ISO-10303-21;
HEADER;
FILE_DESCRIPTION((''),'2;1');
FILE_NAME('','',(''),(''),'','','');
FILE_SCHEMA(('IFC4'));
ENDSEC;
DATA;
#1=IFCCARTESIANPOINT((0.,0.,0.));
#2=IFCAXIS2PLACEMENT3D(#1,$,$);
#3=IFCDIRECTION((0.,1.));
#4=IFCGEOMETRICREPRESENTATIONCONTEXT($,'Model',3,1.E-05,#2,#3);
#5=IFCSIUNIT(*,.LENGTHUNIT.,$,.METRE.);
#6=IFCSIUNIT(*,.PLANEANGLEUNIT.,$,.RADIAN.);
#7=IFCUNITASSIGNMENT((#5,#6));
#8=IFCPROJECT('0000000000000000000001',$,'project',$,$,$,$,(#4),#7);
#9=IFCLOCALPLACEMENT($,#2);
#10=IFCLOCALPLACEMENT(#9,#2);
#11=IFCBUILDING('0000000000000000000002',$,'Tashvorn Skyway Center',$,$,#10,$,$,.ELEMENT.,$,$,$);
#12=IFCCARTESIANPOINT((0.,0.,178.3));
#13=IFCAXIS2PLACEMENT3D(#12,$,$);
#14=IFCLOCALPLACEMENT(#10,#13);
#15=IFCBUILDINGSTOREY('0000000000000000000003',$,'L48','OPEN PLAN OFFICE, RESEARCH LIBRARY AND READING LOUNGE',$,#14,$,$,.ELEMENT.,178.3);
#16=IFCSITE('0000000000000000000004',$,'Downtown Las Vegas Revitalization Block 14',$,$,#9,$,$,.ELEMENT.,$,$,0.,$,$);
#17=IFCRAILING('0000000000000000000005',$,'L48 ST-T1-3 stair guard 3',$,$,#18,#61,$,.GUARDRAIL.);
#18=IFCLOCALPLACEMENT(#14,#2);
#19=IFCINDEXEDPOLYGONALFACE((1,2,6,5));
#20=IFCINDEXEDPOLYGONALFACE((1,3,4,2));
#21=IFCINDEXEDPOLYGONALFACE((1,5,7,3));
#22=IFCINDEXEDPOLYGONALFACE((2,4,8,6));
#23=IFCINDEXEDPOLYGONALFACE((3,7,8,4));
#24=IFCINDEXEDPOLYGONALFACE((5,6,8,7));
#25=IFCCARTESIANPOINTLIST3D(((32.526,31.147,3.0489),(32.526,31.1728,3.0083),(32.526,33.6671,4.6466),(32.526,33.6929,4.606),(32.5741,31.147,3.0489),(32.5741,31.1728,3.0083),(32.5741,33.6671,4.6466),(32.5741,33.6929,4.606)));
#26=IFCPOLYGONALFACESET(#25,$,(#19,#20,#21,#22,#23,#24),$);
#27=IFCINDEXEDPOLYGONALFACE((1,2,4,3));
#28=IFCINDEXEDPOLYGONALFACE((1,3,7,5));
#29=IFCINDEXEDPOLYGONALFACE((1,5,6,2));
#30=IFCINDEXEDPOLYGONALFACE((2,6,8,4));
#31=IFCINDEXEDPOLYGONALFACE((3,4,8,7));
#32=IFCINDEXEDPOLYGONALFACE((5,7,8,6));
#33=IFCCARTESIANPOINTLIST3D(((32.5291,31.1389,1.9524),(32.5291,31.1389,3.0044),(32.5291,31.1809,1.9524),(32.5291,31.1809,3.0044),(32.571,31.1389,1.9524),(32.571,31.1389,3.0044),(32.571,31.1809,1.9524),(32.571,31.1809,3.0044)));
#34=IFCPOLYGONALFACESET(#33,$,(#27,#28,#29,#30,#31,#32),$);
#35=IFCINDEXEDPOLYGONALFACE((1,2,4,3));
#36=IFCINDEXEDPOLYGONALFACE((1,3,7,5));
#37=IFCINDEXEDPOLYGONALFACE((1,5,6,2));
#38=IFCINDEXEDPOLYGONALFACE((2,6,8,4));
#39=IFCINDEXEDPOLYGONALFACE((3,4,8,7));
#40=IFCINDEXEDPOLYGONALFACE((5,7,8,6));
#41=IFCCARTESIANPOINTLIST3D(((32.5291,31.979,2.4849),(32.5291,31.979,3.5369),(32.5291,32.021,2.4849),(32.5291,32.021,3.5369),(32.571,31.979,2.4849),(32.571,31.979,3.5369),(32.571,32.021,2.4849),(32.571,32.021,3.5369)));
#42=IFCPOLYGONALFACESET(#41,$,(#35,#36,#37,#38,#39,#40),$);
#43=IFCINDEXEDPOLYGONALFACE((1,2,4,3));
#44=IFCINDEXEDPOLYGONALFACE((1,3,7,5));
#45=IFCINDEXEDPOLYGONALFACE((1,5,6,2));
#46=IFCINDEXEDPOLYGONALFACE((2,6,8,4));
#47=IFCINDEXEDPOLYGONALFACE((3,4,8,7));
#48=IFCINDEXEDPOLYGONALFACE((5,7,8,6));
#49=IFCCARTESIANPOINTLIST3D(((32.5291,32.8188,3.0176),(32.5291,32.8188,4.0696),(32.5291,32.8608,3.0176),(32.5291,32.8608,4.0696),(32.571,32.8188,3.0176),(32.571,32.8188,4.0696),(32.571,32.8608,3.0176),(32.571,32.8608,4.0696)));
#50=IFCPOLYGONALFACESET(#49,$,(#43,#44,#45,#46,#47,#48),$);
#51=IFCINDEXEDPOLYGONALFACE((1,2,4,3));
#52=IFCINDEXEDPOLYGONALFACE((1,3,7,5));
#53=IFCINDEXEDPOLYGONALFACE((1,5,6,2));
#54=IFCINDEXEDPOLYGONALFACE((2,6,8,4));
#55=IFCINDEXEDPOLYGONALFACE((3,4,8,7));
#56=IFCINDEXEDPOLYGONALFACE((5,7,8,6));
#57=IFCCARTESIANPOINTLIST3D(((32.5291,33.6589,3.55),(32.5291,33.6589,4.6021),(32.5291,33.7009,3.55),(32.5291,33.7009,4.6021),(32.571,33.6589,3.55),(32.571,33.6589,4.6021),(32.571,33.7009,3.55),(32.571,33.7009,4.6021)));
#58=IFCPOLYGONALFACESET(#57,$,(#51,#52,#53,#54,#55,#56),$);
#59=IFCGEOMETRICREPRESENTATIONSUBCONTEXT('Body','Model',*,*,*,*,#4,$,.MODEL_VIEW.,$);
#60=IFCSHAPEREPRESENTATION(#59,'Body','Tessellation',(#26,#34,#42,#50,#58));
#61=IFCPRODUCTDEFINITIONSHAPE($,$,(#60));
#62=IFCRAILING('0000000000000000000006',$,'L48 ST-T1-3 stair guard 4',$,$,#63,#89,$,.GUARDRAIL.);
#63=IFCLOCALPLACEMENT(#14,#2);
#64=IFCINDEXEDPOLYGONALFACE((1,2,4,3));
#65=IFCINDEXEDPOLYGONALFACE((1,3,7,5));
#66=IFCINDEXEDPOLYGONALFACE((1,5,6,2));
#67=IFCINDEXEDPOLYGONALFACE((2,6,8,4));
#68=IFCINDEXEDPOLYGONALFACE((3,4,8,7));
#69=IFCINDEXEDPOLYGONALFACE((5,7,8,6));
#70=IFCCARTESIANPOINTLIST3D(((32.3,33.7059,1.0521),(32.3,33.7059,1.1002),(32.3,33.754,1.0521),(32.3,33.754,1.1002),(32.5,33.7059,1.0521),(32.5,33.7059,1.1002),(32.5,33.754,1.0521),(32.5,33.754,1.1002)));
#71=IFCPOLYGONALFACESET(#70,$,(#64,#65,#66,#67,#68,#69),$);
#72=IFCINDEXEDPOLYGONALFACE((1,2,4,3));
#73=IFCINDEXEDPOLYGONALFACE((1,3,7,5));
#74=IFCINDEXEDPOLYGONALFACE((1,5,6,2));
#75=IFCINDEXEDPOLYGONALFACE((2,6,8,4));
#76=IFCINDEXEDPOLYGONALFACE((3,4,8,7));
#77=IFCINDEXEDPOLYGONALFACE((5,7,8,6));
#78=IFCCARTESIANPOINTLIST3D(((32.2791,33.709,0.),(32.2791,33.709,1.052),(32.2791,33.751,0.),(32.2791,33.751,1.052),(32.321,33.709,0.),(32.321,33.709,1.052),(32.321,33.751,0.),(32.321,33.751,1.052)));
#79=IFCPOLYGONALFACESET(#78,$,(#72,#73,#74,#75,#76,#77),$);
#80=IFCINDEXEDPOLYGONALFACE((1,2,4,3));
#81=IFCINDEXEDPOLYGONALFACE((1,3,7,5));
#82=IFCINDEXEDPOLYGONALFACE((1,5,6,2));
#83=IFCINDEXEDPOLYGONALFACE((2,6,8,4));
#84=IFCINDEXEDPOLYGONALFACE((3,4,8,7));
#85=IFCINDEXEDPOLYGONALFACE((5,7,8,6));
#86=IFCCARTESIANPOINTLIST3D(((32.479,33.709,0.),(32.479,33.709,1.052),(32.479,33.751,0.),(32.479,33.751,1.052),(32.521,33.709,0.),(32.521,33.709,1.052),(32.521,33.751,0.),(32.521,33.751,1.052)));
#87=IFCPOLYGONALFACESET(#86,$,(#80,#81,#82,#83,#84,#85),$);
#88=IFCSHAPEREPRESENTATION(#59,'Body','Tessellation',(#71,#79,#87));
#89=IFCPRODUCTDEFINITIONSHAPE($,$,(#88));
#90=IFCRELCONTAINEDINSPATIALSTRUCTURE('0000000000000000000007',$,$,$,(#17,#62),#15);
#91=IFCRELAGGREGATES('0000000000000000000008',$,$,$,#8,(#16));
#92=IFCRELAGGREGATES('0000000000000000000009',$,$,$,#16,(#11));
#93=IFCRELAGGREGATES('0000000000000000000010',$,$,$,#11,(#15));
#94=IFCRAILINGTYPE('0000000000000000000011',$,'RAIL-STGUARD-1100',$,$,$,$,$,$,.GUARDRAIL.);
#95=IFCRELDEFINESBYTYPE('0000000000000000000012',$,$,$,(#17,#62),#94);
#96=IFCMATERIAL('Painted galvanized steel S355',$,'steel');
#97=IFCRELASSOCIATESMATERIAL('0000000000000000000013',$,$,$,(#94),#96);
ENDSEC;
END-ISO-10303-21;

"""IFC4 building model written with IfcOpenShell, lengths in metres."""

from ifc_helpers import new_model, si_unit, direction, frame, origin, origin_2d, place, context, subcontext, project, spatial, rectangle, extrude, material, type_object, element, save


model = new_model("IFC4")

# Units and contexts
model_context = context("Model", 3, precision=1e-05, world=origin(), true_north=direction((0.0, 1.0)))
body_context = subcontext(model_context, "Body", "Model", "MODEL_VIEW")
ifc_project = project(units=[si_unit("LENGTHUNIT", "METRE"), si_unit("PLANEANGLEUNIT", "RADIAN")], contexts=[model_context])

# Site, building, storey
site_placement = place(None, origin())
site = spatial("IfcSite", under=ifc_project, at=site_placement, Name="Downtown Las Vegas Revitalization Block 14", CompositionType="ELEMENT", RefElevation=0.0)
building_placement = place(site_placement, origin())
building = spatial("IfcBuilding", under=site, at=building_placement, Name="Tashvorn Skyway Center", CompositionType="ELEMENT")
storey_placement = place(building_placement, frame((0.0, 0.0, 178.3)))
storey = spatial("IfcBuildingStorey", under=building, at=storey_placement, Name="L48", Description="OPEN PLAN OFFICE, RESEARCH LIBRARY AND READING LOUNGE", CompositionType="ELEMENT", Elevation=178.3)

# Railings
ifc_material_1 = material(Name="Painted galvanized steel S355", Category="steel")
railing_type_1 = type_object("IfcRailingType", Name="RAIL-STGUARD-1100", PredefinedType="GUARDRAIL", material=ifc_material_1)
railing_1_placement = place(storey_placement, frame((32.55, 31.1599, 1.9524)))
element("IfcRailing", 1, at=railing_1_placement, inside=storey, type_object=railing_type_1, Name="L48 ST-T1-3 stair guard 3", PredefinedType="GUARDRAIL", context=body_context, shape_type="SweptSolid", body=[
    extrude(rectangle(XDim=0.0481, YDim=0.0481, at=origin_2d()), frame((0.0, 0.0, 1.0762), z_axis=(0.0, 0.84457, 0.535445), x_axis=(-1.0, 0.0, 0.0)), (0.0, 0.0, 1.0), 2.9839),
    extrude(rectangle(XDim=0.042, YDim=0.042, at=origin_2d()), origin(), (0.0, 0.0, 1.0), 1.052),
    extrude(rectangle(XDim=0.042, YDim=0.042, at=origin_2d()), frame((0.0, 0.8401, 0.5325)), (0.0, 0.0, 1.0), 1.052),
    extrude(rectangle(XDim=0.042, YDim=0.042, at=origin_2d()), frame((0.0, 1.6799, 1.0652)), (0.0, 0.0, 1.0), 1.052),
    extrude(rectangle(XDim=0.042, YDim=0.042, at=origin_2d()), frame((0.0, 2.52, 1.5977)), (0.0, 0.0, 1.0), 1.052),
])
railing_2_placement = place(storey_placement, frame((32.3, 33.73, 0.0)))
element("IfcRailing", 2, at=railing_2_placement, inside=storey, type_object=railing_type_1, Name="L48 ST-T1-3 stair guard 4", PredefinedType="GUARDRAIL", context=body_context, shape_type="SweptSolid", body=[
    extrude(rectangle(XDim=0.0481, YDim=0.0481, at=origin_2d()), frame((0.0, 0.0, 1.0762), z_axis=(1.0, 0.0, 0.0), x_axis=(0.0, 1.0, 0.0)), (0.0, 0.0, 1.0), 0.2),
    extrude(rectangle(XDim=0.042, YDim=0.042, at=origin_2d()), origin(), (0.0, 0.0, 1.0), 1.052),
    extrude(rectangle(XDim=0.042, YDim=0.042, at=origin_2d()), frame((0.2, 0.0, 0.0)), (0.0, 0.0, 1.0), 1.052),
])

save(model, "model.ifc")
